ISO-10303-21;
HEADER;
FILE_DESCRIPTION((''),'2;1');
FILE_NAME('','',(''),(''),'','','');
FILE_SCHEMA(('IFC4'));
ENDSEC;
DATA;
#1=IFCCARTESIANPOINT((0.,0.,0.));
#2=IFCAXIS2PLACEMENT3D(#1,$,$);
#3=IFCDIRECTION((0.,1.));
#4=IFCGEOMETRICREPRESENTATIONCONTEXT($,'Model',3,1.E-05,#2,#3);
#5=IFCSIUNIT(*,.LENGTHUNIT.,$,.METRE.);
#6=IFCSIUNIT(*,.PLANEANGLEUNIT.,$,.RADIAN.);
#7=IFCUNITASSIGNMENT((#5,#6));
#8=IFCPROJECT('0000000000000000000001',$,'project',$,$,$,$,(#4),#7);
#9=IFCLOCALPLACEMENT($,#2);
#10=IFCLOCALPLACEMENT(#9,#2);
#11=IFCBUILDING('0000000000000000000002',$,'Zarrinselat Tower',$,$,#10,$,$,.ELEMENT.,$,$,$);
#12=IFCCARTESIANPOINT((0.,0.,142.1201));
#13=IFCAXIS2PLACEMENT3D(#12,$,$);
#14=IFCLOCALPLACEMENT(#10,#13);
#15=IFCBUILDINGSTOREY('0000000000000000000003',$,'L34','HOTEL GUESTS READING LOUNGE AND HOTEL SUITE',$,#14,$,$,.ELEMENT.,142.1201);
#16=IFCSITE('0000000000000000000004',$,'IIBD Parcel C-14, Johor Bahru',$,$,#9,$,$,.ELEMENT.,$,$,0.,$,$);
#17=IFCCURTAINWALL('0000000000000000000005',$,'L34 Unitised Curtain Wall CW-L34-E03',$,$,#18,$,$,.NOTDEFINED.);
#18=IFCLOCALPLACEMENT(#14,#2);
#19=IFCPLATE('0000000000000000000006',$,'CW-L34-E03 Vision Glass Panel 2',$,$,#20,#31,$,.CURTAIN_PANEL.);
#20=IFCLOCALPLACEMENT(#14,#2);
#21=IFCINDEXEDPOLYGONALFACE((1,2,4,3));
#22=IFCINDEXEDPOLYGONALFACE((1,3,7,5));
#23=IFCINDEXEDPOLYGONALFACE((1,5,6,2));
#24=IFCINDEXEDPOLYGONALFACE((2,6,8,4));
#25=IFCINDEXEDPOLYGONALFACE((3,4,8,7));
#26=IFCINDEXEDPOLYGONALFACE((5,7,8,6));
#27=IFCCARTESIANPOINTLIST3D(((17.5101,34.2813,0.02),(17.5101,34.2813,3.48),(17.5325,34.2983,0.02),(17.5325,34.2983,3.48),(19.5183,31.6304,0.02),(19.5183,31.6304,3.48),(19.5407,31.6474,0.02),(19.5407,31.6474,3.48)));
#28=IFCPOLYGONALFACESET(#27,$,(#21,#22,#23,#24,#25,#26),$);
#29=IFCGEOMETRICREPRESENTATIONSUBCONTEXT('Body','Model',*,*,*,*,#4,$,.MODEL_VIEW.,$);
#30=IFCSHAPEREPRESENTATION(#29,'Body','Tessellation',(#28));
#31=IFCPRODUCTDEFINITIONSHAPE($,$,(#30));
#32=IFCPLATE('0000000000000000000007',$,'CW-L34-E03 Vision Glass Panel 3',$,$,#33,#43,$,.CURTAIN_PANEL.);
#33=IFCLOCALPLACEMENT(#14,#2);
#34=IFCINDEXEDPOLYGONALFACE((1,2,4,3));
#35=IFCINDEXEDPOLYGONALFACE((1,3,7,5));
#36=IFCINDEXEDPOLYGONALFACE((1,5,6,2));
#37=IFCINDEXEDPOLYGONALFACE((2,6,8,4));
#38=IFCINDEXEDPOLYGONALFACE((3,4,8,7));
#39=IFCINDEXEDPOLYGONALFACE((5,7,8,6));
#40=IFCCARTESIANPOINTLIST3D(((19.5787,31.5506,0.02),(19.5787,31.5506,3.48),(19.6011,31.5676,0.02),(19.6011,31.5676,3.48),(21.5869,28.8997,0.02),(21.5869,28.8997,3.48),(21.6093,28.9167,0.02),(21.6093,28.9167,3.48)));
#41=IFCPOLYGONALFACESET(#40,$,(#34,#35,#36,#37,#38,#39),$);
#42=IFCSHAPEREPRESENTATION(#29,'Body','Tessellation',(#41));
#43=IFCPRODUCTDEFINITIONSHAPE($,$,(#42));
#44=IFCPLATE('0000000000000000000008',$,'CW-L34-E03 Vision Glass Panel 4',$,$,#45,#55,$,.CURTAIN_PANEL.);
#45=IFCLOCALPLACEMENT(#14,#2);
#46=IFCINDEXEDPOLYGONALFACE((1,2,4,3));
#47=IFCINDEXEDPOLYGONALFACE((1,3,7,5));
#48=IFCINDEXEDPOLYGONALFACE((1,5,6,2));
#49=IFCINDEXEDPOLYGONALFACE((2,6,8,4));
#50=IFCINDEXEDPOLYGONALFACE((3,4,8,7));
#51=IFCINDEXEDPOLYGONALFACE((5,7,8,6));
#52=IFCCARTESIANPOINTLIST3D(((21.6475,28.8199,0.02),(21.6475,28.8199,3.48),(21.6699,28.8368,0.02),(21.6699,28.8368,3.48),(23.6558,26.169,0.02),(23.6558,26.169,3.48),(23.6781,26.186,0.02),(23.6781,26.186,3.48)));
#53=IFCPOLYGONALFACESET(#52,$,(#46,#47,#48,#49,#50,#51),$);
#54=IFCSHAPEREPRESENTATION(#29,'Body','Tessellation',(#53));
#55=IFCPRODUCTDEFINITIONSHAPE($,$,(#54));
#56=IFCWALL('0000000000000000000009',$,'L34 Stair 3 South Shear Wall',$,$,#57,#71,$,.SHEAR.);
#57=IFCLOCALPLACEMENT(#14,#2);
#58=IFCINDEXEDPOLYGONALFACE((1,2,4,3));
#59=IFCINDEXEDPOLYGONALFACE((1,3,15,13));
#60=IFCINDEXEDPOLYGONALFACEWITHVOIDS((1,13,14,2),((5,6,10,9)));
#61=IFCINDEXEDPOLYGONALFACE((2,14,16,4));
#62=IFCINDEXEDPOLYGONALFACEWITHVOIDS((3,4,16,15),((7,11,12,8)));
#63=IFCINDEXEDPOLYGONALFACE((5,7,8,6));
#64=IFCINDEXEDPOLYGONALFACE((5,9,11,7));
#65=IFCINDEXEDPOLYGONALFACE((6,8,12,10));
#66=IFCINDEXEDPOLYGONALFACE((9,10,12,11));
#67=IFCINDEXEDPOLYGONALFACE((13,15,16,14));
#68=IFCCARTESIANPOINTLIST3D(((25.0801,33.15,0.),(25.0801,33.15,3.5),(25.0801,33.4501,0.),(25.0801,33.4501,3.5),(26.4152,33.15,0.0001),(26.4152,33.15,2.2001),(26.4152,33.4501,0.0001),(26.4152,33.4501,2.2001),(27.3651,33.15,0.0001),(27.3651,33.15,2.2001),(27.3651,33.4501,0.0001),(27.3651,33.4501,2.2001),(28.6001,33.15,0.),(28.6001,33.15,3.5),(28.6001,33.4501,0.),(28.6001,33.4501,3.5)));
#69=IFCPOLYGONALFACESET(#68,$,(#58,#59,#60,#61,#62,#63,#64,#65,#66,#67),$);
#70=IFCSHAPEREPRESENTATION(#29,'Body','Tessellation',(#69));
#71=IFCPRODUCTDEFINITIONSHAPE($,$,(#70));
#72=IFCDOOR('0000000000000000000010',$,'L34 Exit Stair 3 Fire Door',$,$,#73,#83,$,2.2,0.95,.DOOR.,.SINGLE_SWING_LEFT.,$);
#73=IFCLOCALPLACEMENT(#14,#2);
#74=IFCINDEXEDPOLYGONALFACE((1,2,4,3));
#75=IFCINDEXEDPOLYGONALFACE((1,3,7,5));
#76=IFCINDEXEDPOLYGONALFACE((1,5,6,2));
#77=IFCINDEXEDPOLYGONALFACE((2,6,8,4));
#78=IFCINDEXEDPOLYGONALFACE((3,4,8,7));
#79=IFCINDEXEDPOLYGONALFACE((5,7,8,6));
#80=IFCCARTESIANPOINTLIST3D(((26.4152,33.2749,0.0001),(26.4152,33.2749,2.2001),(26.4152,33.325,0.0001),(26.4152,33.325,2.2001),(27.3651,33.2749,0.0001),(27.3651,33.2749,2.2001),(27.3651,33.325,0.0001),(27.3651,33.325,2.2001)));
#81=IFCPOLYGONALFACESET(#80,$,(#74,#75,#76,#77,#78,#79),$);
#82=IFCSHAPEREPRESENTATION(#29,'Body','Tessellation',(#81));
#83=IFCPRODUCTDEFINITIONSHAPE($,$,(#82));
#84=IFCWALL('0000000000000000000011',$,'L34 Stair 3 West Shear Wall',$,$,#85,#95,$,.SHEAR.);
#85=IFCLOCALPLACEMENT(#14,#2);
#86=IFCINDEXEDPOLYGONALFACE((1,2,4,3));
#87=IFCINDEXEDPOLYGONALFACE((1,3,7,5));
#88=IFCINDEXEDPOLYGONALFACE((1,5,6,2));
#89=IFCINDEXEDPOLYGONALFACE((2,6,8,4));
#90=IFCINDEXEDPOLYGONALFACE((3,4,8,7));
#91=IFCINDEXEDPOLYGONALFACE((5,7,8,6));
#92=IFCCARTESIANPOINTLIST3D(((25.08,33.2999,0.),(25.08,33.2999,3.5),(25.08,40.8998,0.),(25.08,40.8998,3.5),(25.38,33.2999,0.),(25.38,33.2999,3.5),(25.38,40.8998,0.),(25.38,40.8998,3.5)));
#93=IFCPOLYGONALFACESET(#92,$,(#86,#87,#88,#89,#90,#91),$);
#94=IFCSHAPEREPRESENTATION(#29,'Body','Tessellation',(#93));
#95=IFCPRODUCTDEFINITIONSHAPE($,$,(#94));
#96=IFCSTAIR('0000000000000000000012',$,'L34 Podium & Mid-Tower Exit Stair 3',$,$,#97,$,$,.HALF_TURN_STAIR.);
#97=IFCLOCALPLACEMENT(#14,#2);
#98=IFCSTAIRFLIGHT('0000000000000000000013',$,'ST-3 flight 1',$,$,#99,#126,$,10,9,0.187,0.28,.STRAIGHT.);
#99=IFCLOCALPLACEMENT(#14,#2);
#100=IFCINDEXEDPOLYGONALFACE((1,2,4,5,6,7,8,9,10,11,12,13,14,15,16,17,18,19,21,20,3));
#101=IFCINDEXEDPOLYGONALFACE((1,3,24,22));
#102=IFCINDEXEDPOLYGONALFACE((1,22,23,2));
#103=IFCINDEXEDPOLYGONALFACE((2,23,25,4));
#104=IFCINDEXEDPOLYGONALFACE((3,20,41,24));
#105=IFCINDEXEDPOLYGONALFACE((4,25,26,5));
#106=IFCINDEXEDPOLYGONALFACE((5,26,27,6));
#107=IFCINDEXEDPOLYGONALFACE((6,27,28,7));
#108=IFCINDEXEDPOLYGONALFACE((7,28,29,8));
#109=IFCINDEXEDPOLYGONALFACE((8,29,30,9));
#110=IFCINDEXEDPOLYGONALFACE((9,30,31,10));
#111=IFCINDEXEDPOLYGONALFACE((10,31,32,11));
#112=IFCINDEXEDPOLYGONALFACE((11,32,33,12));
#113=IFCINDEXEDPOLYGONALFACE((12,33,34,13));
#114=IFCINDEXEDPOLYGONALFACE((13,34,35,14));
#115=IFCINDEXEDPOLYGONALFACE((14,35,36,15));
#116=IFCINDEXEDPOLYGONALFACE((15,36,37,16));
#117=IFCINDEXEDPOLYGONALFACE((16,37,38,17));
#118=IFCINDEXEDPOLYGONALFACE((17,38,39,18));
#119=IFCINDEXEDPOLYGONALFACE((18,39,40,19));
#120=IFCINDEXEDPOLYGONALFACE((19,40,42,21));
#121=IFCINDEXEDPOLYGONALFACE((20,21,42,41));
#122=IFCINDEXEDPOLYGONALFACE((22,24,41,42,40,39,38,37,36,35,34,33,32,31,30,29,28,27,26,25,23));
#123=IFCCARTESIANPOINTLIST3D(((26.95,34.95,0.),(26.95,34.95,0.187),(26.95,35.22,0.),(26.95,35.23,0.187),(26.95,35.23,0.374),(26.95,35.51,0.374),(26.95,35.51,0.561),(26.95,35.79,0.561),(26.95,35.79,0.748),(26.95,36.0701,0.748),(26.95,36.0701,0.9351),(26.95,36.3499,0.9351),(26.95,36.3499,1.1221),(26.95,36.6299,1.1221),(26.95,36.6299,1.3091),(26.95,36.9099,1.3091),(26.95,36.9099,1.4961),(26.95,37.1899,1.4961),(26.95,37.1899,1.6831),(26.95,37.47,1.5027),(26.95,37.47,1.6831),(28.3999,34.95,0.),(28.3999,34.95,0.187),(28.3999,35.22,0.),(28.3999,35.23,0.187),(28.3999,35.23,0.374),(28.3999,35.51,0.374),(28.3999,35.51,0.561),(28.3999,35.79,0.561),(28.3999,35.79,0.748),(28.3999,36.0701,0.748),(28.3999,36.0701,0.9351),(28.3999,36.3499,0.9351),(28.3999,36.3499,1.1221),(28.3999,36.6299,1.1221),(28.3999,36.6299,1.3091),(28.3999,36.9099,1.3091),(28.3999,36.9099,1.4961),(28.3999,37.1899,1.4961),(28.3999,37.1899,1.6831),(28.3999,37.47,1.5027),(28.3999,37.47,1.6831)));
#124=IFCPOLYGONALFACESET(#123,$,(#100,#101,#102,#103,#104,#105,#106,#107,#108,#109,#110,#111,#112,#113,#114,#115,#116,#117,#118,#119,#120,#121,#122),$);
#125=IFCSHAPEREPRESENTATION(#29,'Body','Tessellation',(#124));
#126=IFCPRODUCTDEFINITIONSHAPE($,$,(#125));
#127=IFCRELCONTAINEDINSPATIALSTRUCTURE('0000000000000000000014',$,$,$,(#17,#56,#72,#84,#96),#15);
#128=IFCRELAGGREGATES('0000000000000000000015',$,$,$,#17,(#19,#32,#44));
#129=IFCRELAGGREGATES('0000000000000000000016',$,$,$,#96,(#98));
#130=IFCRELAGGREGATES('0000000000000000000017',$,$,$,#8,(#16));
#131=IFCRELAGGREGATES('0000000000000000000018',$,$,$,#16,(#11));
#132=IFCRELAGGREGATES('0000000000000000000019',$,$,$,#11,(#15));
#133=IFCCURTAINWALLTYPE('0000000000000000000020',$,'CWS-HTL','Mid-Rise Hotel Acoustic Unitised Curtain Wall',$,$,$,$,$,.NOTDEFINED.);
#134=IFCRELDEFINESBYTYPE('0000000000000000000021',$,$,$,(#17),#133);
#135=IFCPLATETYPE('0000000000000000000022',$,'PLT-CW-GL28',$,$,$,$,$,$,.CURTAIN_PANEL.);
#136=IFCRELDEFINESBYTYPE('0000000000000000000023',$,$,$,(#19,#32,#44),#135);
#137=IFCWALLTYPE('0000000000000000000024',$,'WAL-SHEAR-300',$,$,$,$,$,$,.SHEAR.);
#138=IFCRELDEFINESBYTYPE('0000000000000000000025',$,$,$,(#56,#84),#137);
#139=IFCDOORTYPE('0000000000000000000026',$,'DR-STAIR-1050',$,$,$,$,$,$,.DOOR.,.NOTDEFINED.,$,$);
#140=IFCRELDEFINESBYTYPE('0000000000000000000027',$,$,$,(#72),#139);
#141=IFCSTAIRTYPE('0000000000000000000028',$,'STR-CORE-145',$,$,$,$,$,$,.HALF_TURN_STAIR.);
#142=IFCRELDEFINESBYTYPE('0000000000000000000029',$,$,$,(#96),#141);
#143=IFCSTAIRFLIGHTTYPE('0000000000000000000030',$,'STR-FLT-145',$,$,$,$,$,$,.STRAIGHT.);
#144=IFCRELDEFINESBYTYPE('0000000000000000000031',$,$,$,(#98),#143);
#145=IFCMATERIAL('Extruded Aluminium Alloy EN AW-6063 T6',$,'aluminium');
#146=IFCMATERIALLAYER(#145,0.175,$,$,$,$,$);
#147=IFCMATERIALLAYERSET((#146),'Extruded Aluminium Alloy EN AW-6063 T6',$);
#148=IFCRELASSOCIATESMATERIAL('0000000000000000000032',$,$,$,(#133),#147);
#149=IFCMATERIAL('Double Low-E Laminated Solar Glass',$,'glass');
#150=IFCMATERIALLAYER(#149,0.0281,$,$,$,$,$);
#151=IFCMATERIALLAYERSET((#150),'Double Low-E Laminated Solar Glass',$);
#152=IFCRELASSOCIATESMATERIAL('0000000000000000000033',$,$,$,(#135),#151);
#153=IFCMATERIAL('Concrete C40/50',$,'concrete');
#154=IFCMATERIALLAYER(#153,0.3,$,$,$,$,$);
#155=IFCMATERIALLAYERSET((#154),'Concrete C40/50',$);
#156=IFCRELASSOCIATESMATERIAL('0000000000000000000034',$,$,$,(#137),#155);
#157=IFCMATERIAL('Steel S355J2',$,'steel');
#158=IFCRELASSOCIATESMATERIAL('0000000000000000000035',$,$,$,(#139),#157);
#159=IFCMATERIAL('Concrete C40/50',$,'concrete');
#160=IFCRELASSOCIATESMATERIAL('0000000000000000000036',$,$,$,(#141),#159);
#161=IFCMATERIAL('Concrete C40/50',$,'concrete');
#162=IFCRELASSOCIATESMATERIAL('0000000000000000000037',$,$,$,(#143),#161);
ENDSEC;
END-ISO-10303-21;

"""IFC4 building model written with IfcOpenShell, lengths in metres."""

from ifc_helpers import new_model, si_unit, direction, frame, frame_2d, origin, origin_2d, place, context, subcontext, project, spatial, polyline, rectangle, outline, extrude, material, layer, layer_set, type_object, element, fill, aggregate, save


model = new_model("IFC4")

# Units and contexts
model_context = context("Model", 3, precision=1e-05, world=origin(), true_north=direction((0.0, 1.0)))
body_context = subcontext(model_context, "Body", "Model", "MODEL_VIEW")
ifc_project = project(units=[si_unit("LENGTHUNIT", "METRE"), si_unit("PLANEANGLEUNIT", "RADIAN")], contexts=[model_context])

# Site, building, storey
site_placement = place(None, origin())
site = spatial("IfcSite", under=ifc_project, at=site_placement, Name="IIBD Parcel C-14, Johor Bahru", CompositionType="ELEMENT", RefElevation=0.0)
building_placement = place(site_placement, origin())
building = spatial("IfcBuilding", under=site, at=building_placement, Name="Zarrinselat Tower", CompositionType="ELEMENT")
storey_placement = place(building_placement, frame((0.0, 0.0, 142.1201)))
storey = spatial("IfcBuildingStorey", under=building, at=storey_placement, Name="L34", Description="HOTEL GUESTS READING LOUNGE AND HOTEL SUITE", CompositionType="ELEMENT", Elevation=142.1201)

# Curtain wall, plates
ifc_material_1 = material(Name="Extruded Aluminium Alloy EN AW-6063 T6", Category="aluminium")
ifc_layer_1 = layer(ifc_material_1, 0.175)
ifc_layer_set_1 = layer_set([ifc_layer_1], Name="Extruded Aluminium Alloy EN AW-6063 T6")
curtain_wall_type = type_object("IfcCurtainWallType", Name="CWS-HTL", Description="Mid-Rise Hotel Acoustic Unitised Curtain Wall", PredefinedType="NOTDEFINED", material=ifc_layer_set_1)
curtain_wall_placement = place(storey_placement, origin())
curtain_wall = element("IfcCurtainWall", 1, at=curtain_wall_placement, inside=storey, type_object=curtain_wall_type, Name="L34 Unitised Curtain Wall CW-L34-E03", PredefinedType="NOTDEFINED")
ifc_material_2 = material(Name="Double Low-E Laminated Solar Glass", Category="glass")
ifc_layer_2 = layer(ifc_material_2, 0.0281)
ifc_layer_set_2 = layer_set([ifc_layer_2], Name="Double Low-E Laminated Solar Glass")
plate_type = type_object("IfcPlateType", Name="PLT-CW-GL28", PredefinedType="CURTAIN_PANEL", material=ifc_layer_set_2)
plate_1_placement = place(storey_placement, frame((18.5254, 32.9644, 0.02), z_axis=(0.0, 0.0, 1.0), x_axis=(0.603856, -0.797094, 0.0)))
plate_1 = element("IfcPlate", 2, at=plate_1_placement, type_object=plate_type, Name="CW-L34-E03 Vision Glass Panel 2", PredefinedType="CURTAIN_PANEL", context=body_context, shape_type="SweptSolid", body=[
    extrude(rectangle(XDim=3.3257, YDim=0.0281, at=origin_2d()), origin(), (0.0, 0.0, 1.0), 3.46),
])
plate_2_placement = place(storey_placement, frame((20.594, 30.2336, 0.02), z_axis=(0.0, 0.0, 1.0), x_axis=(0.603856, -0.797094, 0.0)))
plate_2 = element("IfcPlate", 3, at=plate_2_placement, type_object=plate_type, Name="CW-L34-E03 Vision Glass Panel 3", PredefinedType="CURTAIN_PANEL", context=body_context, shape_type="SweptSolid", body=[
    extrude(rectangle(XDim=3.3257, YDim=0.0281, at=origin_2d()), origin(), (0.0, 0.0, 1.0), 3.46),
])
plate_3_placement = place(storey_placement, frame((22.6628, 27.5029, 0.02), z_axis=(0.0, 0.0, 1.0), x_axis=(0.603856, -0.797094, 0.0)))
plate_3 = element("IfcPlate", 4, at=plate_3_placement, type_object=plate_type, Name="CW-L34-E03 Vision Glass Panel 4", PredefinedType="CURTAIN_PANEL", context=body_context, shape_type="SweptSolid", body=[
    extrude(rectangle(XDim=3.3257, YDim=0.0281, at=origin_2d()), origin(), (0.0, 0.0, 1.0), 3.46),
])
aggregate(curtain_wall, [plate_1, plate_2, plate_3])

# Wall, opening, door
ifc_material_3 = material(Name="Concrete C40/50", Category="concrete")
ifc_layer_3 = layer(ifc_material_3, 0.3)
ifc_layer_set_3 = layer_set([ifc_layer_3], Name="Concrete C40/50")
wall_type = type_object("IfcWallType", Name="WAL-SHEAR-300", PredefinedType="SHEAR", material=ifc_layer_set_3)
wall_1_placement = place(storey_placement, frame((25.0801, 33.3, 0.0), z_axis=(0.0, 0.0, 1.0), x_axis=(1.0, 0.0, 0.0)))
wall_1 = element("IfcWall", 5, at=wall_1_placement, inside=storey, type_object=wall_type, Name="L34 Stair 3 South Shear Wall", PredefinedType="SHEAR", context=body_context, shape_type="SweptSolid", body=[
    extrude(rectangle(XDim=3.52, YDim=0.3, at=frame_2d((1.76, 0.0))), origin(), (0.0, 0.0, 1.0), 3.5),
])
opening_placement = place(wall_1_placement, frame((1.335, 0.0, 0.0)))
opening = element("IfcOpeningElement", 6, at=opening_placement, cuts=wall_1, PredefinedType="OPENING", context=body_context, shape_type="SweptSolid", body=[
    extrude(rectangle(XDim=0.95, YDim=2.2, at=frame_2d((0.4751, 1.1001))), frame((0.0, 0.1599, 0.0), z_axis=(0.0, -1.0, 0.0), x_axis=(1.0, 0.0, 0.0)), (0.0, 0.0, 1.0), 0.3201),
])
ifc_material_4 = material(Name="Steel S355J2", Category="steel")
door_type = type_object("IfcDoorType", Name="DR-STAIR-1050", OperationType="NOTDEFINED", PredefinedType="DOOR", material=ifc_material_4)
door_placement = place(opening_placement, origin())
door = element("IfcDoor", 7, at=door_placement, inside=storey, type_object=door_type, Name="L34 Exit Stair 3 Fire Door", OperationType="SINGLE_SWING_LEFT", OverallHeight=2.2, OverallWidth=0.95, PredefinedType="DOOR", context=body_context, shape_type="SweptSolid", body=[
    extrude(rectangle(XDim=0.95, YDim=2.2, at=frame_2d((0.4751, 1.1001))), frame((0.0, 0.0249, 0.0), z_axis=(0.0, -1.0, 0.0), x_axis=(1.0, 0.0, 0.0)), (0.0, 0.0, 1.0), 0.05),
])
fill(opening, door)

# Wall
wall_2_placement = place(storey_placement, frame((25.23, 33.3, 0.0), z_axis=(0.0, 0.0, 1.0), x_axis=(0.0, 1.0, 0.0)))
element("IfcWall", 8, at=wall_2_placement, inside=storey, type_object=wall_type, Name="L34 Stair 3 West Shear Wall", PredefinedType="SHEAR", context=body_context, shape_type="SweptSolid", body=[
    extrude(rectangle(XDim=7.5999, YDim=0.3, at=frame_2d((3.7998, 0.0))), origin(), (0.0, 0.0, 1.0), 3.5),
])

# Stair, stair flight
ifc_material_5 = material(Name="Concrete C40/50", Category="concrete")
stair_type = type_object("IfcStairType", Name="STR-CORE-145", PredefinedType="HALF_TURN_STAIR", material=ifc_material_5)
stair_placement = place(storey_placement, origin())
stair = element("IfcStair", 9, at=stair_placement, inside=storey, type_object=stair_type, Name="L34 Podium & Mid-Tower Exit Stair 3", PredefinedType="HALF_TURN_STAIR")
ifc_material_6 = material(Name="Concrete C40/50", Category="concrete")
stair_flight_type = type_object("IfcStairFlightType", Name="STR-FLT-145", PredefinedType="STRAIGHT", material=ifc_material_6)
stair_flight_placement = place(storey_placement, frame((27.675, 34.95, 0.0), z_axis=(0.0, 0.0, 1.0), x_axis=(0.0, 1.0, 0.0)))
stair_flight = element("IfcStairFlight", 10, at=stair_flight_placement, type_object=stair_flight_type, Name="ST-3 flight 1", NumberOfRisers=10, NumberOfTreads=9, PredefinedType="STRAIGHT", RiserHeight=0.187, TreadLength=0.28, context=body_context, shape_type="SweptSolid", body=[
    extrude(outline(polyline([(0.0, 0.0), (0.0, 0.187), (0.28, 0.187), (0.28, 0.374), (0.5601, 0.374), (0.5601, 0.561), (0.8401, 0.561), (0.8401, 0.748), (1.1201, 0.748), (1.1201, 0.9351), (1.3999, 0.9351), (1.3999, 1.1221), (1.6799, 1.1221), (1.6799, 1.3091), (1.96, 1.3091), (1.96, 1.4961), (2.24, 1.4961), (2.24, 1.6831), (2.52, 1.6831), (2.52, 1.8701), (2.52, 1.5027), (0.27, 0.0), (0.0, 0.0)])), frame((0.0, 0.7251, 0.0), z_axis=(0.0, -1.0, 0.0), x_axis=(1.0, 0.0, 0.0)), (0.0, 0.0, 1.0), 1.45),
])
aggregate(stair, [stair_flight])

save(model, "model.ifc")
